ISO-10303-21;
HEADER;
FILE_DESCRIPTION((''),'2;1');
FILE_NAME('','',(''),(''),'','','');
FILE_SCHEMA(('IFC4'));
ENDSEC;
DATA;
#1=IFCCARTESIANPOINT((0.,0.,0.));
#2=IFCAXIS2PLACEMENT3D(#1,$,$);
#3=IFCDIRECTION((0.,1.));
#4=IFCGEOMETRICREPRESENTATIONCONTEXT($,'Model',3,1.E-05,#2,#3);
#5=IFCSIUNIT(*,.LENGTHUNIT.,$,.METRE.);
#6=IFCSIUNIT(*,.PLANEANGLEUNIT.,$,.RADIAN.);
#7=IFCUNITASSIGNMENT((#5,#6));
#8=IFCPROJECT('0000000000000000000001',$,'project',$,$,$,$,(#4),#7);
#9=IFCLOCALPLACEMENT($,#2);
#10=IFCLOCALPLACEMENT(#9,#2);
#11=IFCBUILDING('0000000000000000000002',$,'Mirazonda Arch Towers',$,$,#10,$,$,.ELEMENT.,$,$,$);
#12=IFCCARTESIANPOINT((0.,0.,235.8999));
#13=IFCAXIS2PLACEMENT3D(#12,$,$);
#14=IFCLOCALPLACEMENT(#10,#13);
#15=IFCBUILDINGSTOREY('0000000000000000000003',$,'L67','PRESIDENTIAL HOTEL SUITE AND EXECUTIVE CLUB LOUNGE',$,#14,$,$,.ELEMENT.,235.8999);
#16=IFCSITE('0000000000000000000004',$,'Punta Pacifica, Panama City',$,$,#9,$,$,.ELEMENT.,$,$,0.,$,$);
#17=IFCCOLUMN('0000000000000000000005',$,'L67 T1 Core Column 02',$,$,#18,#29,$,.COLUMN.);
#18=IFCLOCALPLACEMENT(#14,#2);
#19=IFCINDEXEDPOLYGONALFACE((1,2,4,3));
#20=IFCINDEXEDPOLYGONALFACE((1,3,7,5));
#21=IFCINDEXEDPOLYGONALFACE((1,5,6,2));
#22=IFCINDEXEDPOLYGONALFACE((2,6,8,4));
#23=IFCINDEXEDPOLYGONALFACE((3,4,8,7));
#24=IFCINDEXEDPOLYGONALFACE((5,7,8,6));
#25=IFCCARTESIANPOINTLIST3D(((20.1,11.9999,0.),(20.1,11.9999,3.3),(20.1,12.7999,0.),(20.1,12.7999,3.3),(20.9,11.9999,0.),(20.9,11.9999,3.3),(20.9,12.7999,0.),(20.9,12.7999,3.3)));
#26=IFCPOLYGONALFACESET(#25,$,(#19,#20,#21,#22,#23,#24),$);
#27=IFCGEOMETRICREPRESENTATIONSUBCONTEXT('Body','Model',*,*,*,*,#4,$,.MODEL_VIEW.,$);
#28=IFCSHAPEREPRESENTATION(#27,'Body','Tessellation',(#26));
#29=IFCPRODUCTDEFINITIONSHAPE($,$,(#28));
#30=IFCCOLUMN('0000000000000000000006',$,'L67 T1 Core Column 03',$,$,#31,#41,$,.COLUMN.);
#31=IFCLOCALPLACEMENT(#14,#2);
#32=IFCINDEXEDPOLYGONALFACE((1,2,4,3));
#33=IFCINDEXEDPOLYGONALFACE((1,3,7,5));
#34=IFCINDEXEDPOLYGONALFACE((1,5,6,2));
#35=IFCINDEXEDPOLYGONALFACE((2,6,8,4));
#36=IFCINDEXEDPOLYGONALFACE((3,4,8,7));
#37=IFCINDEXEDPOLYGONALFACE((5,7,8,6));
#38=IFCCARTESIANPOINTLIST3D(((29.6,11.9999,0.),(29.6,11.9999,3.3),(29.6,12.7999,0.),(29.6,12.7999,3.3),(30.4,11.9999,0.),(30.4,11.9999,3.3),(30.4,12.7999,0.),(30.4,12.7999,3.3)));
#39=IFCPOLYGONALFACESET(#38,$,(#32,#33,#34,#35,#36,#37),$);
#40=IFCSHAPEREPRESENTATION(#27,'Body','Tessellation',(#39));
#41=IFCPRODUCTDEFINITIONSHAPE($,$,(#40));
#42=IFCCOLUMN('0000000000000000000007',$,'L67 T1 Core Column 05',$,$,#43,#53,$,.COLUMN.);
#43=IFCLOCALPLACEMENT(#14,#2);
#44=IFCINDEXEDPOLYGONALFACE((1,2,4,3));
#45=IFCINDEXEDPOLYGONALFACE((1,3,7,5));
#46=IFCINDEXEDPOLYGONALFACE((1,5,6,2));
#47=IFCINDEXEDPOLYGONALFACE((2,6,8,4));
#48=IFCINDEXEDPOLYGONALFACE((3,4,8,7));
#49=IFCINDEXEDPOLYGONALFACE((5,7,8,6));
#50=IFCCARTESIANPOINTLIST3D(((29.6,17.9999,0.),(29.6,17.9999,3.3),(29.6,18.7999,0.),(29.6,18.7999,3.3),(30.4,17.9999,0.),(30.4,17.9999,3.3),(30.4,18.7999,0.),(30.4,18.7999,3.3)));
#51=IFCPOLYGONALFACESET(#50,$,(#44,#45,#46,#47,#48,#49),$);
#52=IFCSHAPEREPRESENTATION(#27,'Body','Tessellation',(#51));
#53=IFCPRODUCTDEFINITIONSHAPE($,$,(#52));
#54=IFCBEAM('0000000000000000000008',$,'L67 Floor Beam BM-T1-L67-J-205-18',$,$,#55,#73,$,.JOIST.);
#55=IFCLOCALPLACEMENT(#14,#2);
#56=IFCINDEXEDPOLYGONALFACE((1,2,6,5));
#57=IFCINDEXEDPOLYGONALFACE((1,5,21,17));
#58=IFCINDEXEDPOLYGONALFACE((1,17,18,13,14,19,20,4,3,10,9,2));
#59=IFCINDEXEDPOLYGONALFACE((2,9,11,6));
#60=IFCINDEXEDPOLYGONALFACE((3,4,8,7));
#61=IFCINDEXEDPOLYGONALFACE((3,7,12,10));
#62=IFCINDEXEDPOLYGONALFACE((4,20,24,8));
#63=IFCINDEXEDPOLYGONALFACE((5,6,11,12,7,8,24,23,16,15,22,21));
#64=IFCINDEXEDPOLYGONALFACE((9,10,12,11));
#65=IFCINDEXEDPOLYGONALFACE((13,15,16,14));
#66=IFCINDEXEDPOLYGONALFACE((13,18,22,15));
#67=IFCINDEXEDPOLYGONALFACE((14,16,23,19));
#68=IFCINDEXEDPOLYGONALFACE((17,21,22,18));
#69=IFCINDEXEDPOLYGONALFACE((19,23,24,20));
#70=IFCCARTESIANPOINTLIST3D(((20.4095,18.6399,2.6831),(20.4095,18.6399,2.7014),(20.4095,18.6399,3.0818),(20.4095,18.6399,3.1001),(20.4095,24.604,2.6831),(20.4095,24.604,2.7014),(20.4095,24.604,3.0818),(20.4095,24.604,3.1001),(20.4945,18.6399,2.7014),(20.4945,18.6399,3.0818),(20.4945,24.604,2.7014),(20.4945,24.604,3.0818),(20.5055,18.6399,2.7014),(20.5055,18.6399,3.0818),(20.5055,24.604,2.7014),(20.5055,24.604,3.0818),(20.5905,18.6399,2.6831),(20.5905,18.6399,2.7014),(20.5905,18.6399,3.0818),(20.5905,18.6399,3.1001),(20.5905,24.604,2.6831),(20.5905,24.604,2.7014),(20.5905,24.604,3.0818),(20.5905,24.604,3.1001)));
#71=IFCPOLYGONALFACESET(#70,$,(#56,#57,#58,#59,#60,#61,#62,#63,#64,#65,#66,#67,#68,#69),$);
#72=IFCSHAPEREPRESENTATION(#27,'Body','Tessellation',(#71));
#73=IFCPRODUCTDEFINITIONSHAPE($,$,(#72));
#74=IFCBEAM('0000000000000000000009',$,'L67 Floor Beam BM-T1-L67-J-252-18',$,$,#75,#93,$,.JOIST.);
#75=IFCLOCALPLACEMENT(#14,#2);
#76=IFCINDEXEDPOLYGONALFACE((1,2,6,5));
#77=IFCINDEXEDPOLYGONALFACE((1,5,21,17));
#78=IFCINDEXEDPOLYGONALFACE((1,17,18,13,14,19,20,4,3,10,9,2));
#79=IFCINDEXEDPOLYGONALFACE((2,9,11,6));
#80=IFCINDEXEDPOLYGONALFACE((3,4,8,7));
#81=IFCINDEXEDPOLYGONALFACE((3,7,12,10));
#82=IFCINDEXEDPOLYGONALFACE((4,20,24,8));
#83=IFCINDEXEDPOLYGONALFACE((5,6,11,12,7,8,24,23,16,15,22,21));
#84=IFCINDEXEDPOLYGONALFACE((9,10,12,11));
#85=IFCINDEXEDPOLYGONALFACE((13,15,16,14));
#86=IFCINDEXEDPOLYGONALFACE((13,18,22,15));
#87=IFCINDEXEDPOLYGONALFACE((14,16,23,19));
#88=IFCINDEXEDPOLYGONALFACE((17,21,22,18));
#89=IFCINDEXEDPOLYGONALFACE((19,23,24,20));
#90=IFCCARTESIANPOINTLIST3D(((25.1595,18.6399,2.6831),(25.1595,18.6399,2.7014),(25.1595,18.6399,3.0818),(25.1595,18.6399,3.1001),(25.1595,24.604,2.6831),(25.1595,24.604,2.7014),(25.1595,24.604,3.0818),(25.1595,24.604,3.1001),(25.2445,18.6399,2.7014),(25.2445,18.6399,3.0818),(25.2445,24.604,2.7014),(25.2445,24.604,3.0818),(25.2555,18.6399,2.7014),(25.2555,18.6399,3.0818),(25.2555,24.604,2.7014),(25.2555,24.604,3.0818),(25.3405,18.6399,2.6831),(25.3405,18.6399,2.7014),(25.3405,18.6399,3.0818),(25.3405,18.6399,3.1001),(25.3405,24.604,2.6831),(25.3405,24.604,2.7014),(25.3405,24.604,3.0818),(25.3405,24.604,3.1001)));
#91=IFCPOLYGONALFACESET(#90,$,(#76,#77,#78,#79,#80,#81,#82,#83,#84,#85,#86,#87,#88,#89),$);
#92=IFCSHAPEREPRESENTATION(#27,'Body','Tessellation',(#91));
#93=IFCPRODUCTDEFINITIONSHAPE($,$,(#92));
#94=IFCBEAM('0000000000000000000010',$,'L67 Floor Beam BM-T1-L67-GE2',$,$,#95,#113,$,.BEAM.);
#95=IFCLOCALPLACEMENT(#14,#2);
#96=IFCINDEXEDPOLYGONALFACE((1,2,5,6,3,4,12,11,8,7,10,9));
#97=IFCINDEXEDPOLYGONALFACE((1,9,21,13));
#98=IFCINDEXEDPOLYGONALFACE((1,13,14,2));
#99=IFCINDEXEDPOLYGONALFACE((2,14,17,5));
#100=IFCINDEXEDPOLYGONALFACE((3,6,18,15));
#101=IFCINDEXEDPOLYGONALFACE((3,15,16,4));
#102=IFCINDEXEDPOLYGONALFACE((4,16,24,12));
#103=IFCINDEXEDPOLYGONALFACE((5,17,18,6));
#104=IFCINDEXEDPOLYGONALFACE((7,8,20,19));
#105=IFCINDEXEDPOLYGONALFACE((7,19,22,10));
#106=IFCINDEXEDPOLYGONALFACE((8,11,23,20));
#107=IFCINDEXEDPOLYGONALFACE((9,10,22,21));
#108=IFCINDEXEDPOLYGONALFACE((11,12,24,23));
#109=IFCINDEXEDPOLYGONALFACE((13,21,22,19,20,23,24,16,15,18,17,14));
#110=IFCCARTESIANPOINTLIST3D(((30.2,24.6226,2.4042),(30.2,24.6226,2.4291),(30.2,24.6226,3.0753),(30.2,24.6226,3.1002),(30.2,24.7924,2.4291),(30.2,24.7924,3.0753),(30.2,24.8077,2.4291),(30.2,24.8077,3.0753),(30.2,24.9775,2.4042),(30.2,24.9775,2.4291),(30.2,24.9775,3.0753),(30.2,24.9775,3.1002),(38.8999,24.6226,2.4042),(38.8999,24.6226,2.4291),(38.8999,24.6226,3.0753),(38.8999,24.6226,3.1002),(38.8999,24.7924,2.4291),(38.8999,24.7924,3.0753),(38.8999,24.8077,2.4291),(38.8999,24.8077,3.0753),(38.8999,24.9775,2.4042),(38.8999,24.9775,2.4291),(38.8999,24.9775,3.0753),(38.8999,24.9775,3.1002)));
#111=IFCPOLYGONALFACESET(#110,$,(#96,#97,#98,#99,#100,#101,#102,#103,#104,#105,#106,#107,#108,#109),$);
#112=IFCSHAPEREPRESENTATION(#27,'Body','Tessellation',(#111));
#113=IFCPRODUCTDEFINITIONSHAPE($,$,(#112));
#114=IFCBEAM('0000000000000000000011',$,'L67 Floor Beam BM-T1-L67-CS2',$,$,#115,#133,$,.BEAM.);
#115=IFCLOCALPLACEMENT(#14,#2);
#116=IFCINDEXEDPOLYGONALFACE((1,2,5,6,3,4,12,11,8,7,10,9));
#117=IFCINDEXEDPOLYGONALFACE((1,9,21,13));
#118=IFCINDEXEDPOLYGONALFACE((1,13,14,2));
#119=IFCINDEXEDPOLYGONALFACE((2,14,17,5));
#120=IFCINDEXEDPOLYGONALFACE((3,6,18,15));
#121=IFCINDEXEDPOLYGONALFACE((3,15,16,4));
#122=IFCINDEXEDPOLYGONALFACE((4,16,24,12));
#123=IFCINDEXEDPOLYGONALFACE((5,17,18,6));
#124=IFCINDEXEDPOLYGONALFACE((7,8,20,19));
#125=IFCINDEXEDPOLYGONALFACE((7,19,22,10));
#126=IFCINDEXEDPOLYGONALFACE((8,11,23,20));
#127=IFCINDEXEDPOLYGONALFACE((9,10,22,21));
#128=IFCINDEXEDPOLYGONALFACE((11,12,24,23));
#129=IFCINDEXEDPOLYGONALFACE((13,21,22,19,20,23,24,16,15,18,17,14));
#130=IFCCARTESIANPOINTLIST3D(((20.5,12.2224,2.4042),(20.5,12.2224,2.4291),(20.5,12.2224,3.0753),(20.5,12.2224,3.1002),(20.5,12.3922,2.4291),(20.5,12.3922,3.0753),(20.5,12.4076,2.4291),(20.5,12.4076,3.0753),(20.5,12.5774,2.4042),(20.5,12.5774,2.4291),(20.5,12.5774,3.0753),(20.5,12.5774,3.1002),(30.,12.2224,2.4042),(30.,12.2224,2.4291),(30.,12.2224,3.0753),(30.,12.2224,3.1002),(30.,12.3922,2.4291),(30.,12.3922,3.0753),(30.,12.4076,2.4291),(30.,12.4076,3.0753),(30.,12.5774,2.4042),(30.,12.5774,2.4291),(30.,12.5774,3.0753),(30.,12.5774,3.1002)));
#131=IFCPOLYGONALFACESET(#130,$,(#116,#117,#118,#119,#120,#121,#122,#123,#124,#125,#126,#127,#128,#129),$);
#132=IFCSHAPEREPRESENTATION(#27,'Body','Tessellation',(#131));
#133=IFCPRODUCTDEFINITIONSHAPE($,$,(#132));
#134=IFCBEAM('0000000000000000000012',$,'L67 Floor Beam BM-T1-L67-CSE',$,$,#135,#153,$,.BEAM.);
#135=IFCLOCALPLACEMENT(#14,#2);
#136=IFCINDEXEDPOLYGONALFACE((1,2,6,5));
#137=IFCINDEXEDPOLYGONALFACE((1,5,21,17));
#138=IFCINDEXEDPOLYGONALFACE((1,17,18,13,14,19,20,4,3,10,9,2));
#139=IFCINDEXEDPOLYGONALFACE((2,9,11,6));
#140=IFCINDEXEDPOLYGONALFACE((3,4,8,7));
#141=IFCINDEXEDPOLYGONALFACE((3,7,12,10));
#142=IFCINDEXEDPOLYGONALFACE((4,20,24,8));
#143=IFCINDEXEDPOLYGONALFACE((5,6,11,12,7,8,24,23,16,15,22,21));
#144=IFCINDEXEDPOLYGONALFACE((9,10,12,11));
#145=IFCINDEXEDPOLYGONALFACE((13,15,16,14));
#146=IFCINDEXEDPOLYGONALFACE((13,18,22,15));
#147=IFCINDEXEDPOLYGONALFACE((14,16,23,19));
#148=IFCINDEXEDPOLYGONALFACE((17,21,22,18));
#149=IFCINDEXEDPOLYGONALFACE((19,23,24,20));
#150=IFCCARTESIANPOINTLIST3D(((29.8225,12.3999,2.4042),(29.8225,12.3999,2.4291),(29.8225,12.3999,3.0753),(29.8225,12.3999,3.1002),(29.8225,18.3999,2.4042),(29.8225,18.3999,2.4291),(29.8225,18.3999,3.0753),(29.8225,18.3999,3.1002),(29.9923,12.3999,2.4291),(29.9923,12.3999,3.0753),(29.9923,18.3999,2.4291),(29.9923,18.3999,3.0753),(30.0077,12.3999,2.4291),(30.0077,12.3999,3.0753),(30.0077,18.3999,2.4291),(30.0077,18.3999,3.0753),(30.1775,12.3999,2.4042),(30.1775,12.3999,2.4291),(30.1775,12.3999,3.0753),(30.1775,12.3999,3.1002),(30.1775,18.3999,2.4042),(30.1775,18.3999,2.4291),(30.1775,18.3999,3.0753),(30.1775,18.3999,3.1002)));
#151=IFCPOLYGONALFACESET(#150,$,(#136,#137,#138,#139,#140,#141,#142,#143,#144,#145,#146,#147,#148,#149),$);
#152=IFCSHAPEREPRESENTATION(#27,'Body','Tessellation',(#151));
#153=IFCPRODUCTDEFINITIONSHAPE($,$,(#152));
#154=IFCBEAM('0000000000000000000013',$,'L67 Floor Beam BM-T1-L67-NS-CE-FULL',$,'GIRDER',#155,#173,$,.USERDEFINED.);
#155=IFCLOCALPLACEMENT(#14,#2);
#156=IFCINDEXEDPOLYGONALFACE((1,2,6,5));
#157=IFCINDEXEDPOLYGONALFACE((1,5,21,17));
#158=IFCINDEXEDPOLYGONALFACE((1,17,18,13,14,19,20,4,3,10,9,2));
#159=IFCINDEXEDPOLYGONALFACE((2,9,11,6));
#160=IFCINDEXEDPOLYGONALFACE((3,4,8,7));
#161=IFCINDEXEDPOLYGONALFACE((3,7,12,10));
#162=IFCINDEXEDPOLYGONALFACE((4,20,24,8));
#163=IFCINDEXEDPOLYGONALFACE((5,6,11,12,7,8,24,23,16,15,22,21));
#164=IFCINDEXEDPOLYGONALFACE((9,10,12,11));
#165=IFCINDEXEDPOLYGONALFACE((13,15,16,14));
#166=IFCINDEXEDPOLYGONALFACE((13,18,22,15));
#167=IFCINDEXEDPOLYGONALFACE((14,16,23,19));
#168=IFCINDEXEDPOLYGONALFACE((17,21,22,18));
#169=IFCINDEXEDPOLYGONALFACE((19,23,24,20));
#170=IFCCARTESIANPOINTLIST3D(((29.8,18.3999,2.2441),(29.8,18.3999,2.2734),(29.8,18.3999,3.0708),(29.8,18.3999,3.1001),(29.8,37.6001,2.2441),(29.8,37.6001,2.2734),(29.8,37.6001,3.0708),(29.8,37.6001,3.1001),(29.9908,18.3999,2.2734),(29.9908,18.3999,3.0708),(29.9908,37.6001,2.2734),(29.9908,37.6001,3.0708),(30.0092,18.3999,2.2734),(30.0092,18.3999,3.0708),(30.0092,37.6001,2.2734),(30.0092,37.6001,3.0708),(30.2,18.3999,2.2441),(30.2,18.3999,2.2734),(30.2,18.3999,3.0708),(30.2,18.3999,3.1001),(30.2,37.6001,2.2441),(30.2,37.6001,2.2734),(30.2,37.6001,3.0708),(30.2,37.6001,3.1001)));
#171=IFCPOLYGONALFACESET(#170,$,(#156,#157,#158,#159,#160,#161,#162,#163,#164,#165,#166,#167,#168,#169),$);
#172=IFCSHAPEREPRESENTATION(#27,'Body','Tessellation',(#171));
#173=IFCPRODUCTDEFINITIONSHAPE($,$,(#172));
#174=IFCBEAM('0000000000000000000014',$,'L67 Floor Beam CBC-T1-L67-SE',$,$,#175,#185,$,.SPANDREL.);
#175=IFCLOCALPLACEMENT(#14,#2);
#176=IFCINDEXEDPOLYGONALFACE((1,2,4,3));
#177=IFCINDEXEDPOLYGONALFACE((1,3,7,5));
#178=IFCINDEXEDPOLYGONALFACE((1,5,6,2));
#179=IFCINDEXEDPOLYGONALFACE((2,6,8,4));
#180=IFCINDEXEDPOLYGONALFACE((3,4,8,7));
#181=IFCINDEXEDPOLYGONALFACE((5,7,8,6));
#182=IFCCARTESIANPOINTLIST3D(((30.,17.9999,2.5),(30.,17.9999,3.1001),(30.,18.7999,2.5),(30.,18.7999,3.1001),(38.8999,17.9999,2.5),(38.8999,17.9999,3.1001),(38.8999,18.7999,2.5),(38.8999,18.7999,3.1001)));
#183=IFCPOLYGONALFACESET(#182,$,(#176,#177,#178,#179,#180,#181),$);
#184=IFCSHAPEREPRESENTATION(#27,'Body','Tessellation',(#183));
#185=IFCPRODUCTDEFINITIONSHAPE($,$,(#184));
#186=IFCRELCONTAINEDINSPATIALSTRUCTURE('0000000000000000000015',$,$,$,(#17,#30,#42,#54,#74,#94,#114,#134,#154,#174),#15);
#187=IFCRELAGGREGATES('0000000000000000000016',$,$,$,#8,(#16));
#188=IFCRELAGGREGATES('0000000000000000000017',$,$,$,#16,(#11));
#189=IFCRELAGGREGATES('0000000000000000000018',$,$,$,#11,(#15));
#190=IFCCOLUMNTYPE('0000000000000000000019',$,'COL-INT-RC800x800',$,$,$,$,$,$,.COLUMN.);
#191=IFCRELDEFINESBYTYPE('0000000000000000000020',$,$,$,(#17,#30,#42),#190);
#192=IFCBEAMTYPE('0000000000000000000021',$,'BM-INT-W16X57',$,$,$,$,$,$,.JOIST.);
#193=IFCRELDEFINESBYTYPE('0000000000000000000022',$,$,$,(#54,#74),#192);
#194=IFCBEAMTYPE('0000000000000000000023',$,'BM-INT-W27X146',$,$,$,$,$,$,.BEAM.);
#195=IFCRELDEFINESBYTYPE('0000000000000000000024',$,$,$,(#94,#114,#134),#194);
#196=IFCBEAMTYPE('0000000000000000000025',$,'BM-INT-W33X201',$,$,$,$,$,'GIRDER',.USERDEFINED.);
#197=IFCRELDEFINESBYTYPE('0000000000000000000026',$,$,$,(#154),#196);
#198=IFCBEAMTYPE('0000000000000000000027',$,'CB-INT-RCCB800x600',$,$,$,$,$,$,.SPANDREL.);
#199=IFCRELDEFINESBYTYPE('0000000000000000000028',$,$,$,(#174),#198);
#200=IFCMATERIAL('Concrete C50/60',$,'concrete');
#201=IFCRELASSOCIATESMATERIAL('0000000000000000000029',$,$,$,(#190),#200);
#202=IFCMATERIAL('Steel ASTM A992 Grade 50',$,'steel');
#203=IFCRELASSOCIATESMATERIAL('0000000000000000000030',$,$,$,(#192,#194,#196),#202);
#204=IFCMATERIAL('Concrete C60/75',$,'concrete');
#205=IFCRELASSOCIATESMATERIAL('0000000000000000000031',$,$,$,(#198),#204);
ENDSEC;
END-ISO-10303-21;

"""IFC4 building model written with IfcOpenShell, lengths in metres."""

from ifc_helpers import new_model, si_unit, direction, frame, origin, origin_2d, place, context, subcontext, project, spatial, rectangle, i_section, extrude, material, material_profile, profile_set, type_object, element, save


model = new_model("IFC4")

# Units and contexts
model_context = context("Model", 3, precision=1e-05, world=origin(), true_north=direction((0.0, 1.0)))
body_context = subcontext(model_context, "Body", "Model", "MODEL_VIEW")
ifc_project = project(units=[si_unit("LENGTHUNIT", "METRE"), si_unit("PLANEANGLEUNIT", "RADIAN")], contexts=[model_context])

# Site, building, storey
site_placement = place(None, origin())
site = spatial("IfcSite", under=ifc_project, at=site_placement, Name="Punta Pacifica, Panama City", CompositionType="ELEMENT", RefElevation=0.0)
building_placement = place(site_placement, origin())
building = spatial("IfcBuilding", under=site, at=building_placement, Name="Mirazonda Arch Towers", CompositionType="ELEMENT")
storey_placement = place(building_placement, frame((0.0, 0.0, 235.8999)))
storey = spatial("IfcBuildingStorey", under=building, at=storey_placement, Name="L67", Description="PRESIDENTIAL HOTEL SUITE AND EXECUTIVE CLUB LOUNGE", CompositionType="ELEMENT", Elevation=235.8999)

# Columns
ifc_material_1 = material(Name="Concrete C50/60", Category="concrete")
ifc_material_profile_1 = material_profile(ifc_material_1, rectangle(XDim=0.8, YDim=0.8, at=origin_2d()), Name="RC800x800")
ifc_profile_set_1 = profile_set([ifc_material_profile_1], Name="Concrete C50/60")
column_type = type_object("IfcColumnType", Name="COL-INT-RC800x800", PredefinedType="COLUMN", material=ifc_profile_set_1)
for number, where, z_axis, x_axis, name in (
    (1, (20.5, 12.3999, 0.0), (0.0, 0.0, 1.0), (1.0, 0.0, 0.0), "L67 T1 Core Column 02"),
    (2, (30.0, 12.3999, 0.0), (0.0, 0.0, 1.0), (1.0, 0.0, 0.0), "L67 T1 Core Column 03"),
    (3, (30.0, 18.3999, 0.0), (0.0, 0.0, 1.0), (1.0, 0.0, 0.0), "L67 T1 Core Column 05"),
):
    element("IfcColumn", number, at=place(storey_placement, frame(where, z_axis=z_axis, x_axis=x_axis)), inside=storey, type_object=column_type, Name=name, PredefinedType="COLUMN", context=body_context, shape_type="SweptSolid", body=[
        extrude(rectangle(XDim=0.8, YDim=0.8, at=origin_2d()), origin(), (0.0, 0.0, 1.0), 3.3),
    ])

# Beams
ifc_material_2 = material(Name="Steel ASTM A992 Grade 50", Category="steel")
ifc_material_profile_2 = material_profile(ifc_material_2, i_section(OverallWidth=0.1809, OverallDepth=0.417, WebThickness=0.011, FlangeThickness=0.0183, at=origin_2d()), Name="W16X57")
ifc_profile_set_2 = profile_set([ifc_material_profile_2], Name="Steel ASTM A992 Grade 50")
beam_type_1 = type_object("IfcBeamType", Name="BM-INT-W16X57", PredefinedType="JOIST", material=ifc_profile_set_2)
for number, where, z_axis, x_axis, name in (
    (4, (20.5, 18.6399, 2.8916), (0.0, 1.0, 0.0), (-1.0, 0.0, 0.0), "L67 Floor Beam BM-T1-L67-J-205-18"),
    (5, (25.25, 18.6399, 2.8916), (0.0, 1.0, 0.0), (-1.0, 0.0, 0.0), "L67 Floor Beam BM-T1-L67-J-252-18"),
):
    element("IfcBeam", number, at=place(storey_placement, frame(where, z_axis=z_axis, x_axis=x_axis)), inside=storey, type_object=beam_type_1, Name=name, PredefinedType="JOIST", context=body_context, shape_type="SweptSolid", body=[
        extrude(i_section(OverallWidth=0.1809, OverallDepth=0.417, WebThickness=0.011, FlangeThickness=0.0183, at=origin_2d()), origin(), (0.0, 0.0, 1.0), 5.9641),
    ])
ifc_material_profile_3 = material_profile(ifc_material_2, i_section(OverallWidth=0.355, OverallDepth=0.696, WebThickness=0.0154, FlangeThickness=0.0249, at=origin_2d()), Name="W27X146")
ifc_profile_set_3 = profile_set([ifc_material_profile_3], Name="Steel ASTM A992 Grade 50")
beam_type_2 = type_object("IfcBeamType", Name="BM-INT-W27X146", PredefinedType="BEAM", material=ifc_profile_set_3)
beam_1_placement = place(storey_placement, frame((30.2, 24.8, 2.7522), z_axis=(1.0, 0.0, 0.0), x_axis=(0.0, 1.0, 0.0)))
element("IfcBeam", 6, at=beam_1_placement, inside=storey, type_object=beam_type_2, Name="L67 Floor Beam BM-T1-L67-GE2", PredefinedType="BEAM", context=body_context, shape_type="SweptSolid", body=[
    extrude(i_section(OverallWidth=0.355, OverallDepth=0.696, WebThickness=0.0154, FlangeThickness=0.0249, at=origin_2d()), origin(), (0.0, 0.0, 1.0), 8.7),
])
beam_2_placement = place(storey_placement, frame((20.5, 12.3999, 2.7522), z_axis=(1.0, 0.0, 0.0), x_axis=(0.0, 1.0, 0.0)))
element("IfcBeam", 7, at=beam_2_placement, inside=storey, type_object=beam_type_2, Name="L67 Floor Beam BM-T1-L67-CS2", PredefinedType="BEAM", context=body_context, shape_type="SweptSolid", body=[
    extrude(i_section(OverallWidth=0.355, OverallDepth=0.696, WebThickness=0.0154, FlangeThickness=0.0249, at=origin_2d()), origin(), (0.0, 0.0, 1.0), 9.5),
])
beam_3_placement = place(storey_placement, frame((30.0, 12.3999, 2.7522), z_axis=(0.0, 1.0, 0.0), x_axis=(-1.0, 0.0, 0.0)))
element("IfcBeam", 8, at=beam_3_placement, inside=storey, type_object=beam_type_2, Name="L67 Floor Beam BM-T1-L67-CSE", PredefinedType="BEAM", context=body_context, shape_type="SweptSolid", body=[
    extrude(i_section(OverallWidth=0.355, OverallDepth=0.696, WebThickness=0.0154, FlangeThickness=0.0249, at=origin_2d()), origin(), (0.0, 0.0, 1.0), 6.0),
])
ifc_material_profile_4 = material_profile(ifc_material_2, i_section(OverallWidth=0.3999, OverallDepth=0.856, WebThickness=0.0183, FlangeThickness=0.0293, at=origin_2d()), Name="W33X201")
ifc_profile_set_4 = profile_set([ifc_material_profile_4], Name="Steel ASTM A992 Grade 50")
beam_type_3 = type_object("IfcBeamType", Name="BM-INT-W33X201", ElementType="GIRDER", PredefinedType="USERDEFINED", material=ifc_profile_set_4)
beam_4_placement = place(storey_placement, frame((30.0, 18.3999, 2.6721), z_axis=(0.0, 1.0, 0.0), x_axis=(-1.0, 0.0, 0.0)))
element("IfcBeam", 9, at=beam_4_placement, inside=storey, type_object=beam_type_3, Name="L67 Floor Beam BM-T1-L67-NS-CE-FULL", ObjectType="GIRDER", PredefinedType="USERDEFINED", context=body_context, shape_type="SweptSolid", body=[
    extrude(i_section(OverallWidth=0.3999, OverallDepth=0.856, WebThickness=0.0183, FlangeThickness=0.0293, at=origin_2d()), origin(), (0.0, 0.0, 1.0), 19.2002),
])
ifc_material_3 = material(Name="Concrete C60/75", Category="concrete")
ifc_material_profile_5 = material_profile(ifc_material_3, rectangle(XDim=0.8, YDim=0.6001, at=origin_2d()), Name="RCCB800x600")
ifc_profile_set_5 = profile_set([ifc_material_profile_5], Name="Concrete C60/75")
beam_type_4 = type_object("IfcBeamType", Name="CB-INT-RCCB800x600", PredefinedType="SPANDREL", material=ifc_profile_set_5)
beam_5_placement = place(storey_placement, frame((30.0, 18.3999, 2.8), z_axis=(1.0, 0.0, 0.0), x_axis=(0.0, 1.0, 0.0)))
element("IfcBeam", 10, at=beam_5_placement, inside=storey, type_object=beam_type_4, Name="L67 Floor Beam CBC-T1-L67-SE", PredefinedType="SPANDREL", context=body_context, shape_type="SweptSolid", body=[
    extrude(rectangle(XDim=0.8, YDim=0.6001, at=origin_2d()), origin(), (0.0, 0.0, 1.0), 8.8999),
])

save(model, "model.ifc")
